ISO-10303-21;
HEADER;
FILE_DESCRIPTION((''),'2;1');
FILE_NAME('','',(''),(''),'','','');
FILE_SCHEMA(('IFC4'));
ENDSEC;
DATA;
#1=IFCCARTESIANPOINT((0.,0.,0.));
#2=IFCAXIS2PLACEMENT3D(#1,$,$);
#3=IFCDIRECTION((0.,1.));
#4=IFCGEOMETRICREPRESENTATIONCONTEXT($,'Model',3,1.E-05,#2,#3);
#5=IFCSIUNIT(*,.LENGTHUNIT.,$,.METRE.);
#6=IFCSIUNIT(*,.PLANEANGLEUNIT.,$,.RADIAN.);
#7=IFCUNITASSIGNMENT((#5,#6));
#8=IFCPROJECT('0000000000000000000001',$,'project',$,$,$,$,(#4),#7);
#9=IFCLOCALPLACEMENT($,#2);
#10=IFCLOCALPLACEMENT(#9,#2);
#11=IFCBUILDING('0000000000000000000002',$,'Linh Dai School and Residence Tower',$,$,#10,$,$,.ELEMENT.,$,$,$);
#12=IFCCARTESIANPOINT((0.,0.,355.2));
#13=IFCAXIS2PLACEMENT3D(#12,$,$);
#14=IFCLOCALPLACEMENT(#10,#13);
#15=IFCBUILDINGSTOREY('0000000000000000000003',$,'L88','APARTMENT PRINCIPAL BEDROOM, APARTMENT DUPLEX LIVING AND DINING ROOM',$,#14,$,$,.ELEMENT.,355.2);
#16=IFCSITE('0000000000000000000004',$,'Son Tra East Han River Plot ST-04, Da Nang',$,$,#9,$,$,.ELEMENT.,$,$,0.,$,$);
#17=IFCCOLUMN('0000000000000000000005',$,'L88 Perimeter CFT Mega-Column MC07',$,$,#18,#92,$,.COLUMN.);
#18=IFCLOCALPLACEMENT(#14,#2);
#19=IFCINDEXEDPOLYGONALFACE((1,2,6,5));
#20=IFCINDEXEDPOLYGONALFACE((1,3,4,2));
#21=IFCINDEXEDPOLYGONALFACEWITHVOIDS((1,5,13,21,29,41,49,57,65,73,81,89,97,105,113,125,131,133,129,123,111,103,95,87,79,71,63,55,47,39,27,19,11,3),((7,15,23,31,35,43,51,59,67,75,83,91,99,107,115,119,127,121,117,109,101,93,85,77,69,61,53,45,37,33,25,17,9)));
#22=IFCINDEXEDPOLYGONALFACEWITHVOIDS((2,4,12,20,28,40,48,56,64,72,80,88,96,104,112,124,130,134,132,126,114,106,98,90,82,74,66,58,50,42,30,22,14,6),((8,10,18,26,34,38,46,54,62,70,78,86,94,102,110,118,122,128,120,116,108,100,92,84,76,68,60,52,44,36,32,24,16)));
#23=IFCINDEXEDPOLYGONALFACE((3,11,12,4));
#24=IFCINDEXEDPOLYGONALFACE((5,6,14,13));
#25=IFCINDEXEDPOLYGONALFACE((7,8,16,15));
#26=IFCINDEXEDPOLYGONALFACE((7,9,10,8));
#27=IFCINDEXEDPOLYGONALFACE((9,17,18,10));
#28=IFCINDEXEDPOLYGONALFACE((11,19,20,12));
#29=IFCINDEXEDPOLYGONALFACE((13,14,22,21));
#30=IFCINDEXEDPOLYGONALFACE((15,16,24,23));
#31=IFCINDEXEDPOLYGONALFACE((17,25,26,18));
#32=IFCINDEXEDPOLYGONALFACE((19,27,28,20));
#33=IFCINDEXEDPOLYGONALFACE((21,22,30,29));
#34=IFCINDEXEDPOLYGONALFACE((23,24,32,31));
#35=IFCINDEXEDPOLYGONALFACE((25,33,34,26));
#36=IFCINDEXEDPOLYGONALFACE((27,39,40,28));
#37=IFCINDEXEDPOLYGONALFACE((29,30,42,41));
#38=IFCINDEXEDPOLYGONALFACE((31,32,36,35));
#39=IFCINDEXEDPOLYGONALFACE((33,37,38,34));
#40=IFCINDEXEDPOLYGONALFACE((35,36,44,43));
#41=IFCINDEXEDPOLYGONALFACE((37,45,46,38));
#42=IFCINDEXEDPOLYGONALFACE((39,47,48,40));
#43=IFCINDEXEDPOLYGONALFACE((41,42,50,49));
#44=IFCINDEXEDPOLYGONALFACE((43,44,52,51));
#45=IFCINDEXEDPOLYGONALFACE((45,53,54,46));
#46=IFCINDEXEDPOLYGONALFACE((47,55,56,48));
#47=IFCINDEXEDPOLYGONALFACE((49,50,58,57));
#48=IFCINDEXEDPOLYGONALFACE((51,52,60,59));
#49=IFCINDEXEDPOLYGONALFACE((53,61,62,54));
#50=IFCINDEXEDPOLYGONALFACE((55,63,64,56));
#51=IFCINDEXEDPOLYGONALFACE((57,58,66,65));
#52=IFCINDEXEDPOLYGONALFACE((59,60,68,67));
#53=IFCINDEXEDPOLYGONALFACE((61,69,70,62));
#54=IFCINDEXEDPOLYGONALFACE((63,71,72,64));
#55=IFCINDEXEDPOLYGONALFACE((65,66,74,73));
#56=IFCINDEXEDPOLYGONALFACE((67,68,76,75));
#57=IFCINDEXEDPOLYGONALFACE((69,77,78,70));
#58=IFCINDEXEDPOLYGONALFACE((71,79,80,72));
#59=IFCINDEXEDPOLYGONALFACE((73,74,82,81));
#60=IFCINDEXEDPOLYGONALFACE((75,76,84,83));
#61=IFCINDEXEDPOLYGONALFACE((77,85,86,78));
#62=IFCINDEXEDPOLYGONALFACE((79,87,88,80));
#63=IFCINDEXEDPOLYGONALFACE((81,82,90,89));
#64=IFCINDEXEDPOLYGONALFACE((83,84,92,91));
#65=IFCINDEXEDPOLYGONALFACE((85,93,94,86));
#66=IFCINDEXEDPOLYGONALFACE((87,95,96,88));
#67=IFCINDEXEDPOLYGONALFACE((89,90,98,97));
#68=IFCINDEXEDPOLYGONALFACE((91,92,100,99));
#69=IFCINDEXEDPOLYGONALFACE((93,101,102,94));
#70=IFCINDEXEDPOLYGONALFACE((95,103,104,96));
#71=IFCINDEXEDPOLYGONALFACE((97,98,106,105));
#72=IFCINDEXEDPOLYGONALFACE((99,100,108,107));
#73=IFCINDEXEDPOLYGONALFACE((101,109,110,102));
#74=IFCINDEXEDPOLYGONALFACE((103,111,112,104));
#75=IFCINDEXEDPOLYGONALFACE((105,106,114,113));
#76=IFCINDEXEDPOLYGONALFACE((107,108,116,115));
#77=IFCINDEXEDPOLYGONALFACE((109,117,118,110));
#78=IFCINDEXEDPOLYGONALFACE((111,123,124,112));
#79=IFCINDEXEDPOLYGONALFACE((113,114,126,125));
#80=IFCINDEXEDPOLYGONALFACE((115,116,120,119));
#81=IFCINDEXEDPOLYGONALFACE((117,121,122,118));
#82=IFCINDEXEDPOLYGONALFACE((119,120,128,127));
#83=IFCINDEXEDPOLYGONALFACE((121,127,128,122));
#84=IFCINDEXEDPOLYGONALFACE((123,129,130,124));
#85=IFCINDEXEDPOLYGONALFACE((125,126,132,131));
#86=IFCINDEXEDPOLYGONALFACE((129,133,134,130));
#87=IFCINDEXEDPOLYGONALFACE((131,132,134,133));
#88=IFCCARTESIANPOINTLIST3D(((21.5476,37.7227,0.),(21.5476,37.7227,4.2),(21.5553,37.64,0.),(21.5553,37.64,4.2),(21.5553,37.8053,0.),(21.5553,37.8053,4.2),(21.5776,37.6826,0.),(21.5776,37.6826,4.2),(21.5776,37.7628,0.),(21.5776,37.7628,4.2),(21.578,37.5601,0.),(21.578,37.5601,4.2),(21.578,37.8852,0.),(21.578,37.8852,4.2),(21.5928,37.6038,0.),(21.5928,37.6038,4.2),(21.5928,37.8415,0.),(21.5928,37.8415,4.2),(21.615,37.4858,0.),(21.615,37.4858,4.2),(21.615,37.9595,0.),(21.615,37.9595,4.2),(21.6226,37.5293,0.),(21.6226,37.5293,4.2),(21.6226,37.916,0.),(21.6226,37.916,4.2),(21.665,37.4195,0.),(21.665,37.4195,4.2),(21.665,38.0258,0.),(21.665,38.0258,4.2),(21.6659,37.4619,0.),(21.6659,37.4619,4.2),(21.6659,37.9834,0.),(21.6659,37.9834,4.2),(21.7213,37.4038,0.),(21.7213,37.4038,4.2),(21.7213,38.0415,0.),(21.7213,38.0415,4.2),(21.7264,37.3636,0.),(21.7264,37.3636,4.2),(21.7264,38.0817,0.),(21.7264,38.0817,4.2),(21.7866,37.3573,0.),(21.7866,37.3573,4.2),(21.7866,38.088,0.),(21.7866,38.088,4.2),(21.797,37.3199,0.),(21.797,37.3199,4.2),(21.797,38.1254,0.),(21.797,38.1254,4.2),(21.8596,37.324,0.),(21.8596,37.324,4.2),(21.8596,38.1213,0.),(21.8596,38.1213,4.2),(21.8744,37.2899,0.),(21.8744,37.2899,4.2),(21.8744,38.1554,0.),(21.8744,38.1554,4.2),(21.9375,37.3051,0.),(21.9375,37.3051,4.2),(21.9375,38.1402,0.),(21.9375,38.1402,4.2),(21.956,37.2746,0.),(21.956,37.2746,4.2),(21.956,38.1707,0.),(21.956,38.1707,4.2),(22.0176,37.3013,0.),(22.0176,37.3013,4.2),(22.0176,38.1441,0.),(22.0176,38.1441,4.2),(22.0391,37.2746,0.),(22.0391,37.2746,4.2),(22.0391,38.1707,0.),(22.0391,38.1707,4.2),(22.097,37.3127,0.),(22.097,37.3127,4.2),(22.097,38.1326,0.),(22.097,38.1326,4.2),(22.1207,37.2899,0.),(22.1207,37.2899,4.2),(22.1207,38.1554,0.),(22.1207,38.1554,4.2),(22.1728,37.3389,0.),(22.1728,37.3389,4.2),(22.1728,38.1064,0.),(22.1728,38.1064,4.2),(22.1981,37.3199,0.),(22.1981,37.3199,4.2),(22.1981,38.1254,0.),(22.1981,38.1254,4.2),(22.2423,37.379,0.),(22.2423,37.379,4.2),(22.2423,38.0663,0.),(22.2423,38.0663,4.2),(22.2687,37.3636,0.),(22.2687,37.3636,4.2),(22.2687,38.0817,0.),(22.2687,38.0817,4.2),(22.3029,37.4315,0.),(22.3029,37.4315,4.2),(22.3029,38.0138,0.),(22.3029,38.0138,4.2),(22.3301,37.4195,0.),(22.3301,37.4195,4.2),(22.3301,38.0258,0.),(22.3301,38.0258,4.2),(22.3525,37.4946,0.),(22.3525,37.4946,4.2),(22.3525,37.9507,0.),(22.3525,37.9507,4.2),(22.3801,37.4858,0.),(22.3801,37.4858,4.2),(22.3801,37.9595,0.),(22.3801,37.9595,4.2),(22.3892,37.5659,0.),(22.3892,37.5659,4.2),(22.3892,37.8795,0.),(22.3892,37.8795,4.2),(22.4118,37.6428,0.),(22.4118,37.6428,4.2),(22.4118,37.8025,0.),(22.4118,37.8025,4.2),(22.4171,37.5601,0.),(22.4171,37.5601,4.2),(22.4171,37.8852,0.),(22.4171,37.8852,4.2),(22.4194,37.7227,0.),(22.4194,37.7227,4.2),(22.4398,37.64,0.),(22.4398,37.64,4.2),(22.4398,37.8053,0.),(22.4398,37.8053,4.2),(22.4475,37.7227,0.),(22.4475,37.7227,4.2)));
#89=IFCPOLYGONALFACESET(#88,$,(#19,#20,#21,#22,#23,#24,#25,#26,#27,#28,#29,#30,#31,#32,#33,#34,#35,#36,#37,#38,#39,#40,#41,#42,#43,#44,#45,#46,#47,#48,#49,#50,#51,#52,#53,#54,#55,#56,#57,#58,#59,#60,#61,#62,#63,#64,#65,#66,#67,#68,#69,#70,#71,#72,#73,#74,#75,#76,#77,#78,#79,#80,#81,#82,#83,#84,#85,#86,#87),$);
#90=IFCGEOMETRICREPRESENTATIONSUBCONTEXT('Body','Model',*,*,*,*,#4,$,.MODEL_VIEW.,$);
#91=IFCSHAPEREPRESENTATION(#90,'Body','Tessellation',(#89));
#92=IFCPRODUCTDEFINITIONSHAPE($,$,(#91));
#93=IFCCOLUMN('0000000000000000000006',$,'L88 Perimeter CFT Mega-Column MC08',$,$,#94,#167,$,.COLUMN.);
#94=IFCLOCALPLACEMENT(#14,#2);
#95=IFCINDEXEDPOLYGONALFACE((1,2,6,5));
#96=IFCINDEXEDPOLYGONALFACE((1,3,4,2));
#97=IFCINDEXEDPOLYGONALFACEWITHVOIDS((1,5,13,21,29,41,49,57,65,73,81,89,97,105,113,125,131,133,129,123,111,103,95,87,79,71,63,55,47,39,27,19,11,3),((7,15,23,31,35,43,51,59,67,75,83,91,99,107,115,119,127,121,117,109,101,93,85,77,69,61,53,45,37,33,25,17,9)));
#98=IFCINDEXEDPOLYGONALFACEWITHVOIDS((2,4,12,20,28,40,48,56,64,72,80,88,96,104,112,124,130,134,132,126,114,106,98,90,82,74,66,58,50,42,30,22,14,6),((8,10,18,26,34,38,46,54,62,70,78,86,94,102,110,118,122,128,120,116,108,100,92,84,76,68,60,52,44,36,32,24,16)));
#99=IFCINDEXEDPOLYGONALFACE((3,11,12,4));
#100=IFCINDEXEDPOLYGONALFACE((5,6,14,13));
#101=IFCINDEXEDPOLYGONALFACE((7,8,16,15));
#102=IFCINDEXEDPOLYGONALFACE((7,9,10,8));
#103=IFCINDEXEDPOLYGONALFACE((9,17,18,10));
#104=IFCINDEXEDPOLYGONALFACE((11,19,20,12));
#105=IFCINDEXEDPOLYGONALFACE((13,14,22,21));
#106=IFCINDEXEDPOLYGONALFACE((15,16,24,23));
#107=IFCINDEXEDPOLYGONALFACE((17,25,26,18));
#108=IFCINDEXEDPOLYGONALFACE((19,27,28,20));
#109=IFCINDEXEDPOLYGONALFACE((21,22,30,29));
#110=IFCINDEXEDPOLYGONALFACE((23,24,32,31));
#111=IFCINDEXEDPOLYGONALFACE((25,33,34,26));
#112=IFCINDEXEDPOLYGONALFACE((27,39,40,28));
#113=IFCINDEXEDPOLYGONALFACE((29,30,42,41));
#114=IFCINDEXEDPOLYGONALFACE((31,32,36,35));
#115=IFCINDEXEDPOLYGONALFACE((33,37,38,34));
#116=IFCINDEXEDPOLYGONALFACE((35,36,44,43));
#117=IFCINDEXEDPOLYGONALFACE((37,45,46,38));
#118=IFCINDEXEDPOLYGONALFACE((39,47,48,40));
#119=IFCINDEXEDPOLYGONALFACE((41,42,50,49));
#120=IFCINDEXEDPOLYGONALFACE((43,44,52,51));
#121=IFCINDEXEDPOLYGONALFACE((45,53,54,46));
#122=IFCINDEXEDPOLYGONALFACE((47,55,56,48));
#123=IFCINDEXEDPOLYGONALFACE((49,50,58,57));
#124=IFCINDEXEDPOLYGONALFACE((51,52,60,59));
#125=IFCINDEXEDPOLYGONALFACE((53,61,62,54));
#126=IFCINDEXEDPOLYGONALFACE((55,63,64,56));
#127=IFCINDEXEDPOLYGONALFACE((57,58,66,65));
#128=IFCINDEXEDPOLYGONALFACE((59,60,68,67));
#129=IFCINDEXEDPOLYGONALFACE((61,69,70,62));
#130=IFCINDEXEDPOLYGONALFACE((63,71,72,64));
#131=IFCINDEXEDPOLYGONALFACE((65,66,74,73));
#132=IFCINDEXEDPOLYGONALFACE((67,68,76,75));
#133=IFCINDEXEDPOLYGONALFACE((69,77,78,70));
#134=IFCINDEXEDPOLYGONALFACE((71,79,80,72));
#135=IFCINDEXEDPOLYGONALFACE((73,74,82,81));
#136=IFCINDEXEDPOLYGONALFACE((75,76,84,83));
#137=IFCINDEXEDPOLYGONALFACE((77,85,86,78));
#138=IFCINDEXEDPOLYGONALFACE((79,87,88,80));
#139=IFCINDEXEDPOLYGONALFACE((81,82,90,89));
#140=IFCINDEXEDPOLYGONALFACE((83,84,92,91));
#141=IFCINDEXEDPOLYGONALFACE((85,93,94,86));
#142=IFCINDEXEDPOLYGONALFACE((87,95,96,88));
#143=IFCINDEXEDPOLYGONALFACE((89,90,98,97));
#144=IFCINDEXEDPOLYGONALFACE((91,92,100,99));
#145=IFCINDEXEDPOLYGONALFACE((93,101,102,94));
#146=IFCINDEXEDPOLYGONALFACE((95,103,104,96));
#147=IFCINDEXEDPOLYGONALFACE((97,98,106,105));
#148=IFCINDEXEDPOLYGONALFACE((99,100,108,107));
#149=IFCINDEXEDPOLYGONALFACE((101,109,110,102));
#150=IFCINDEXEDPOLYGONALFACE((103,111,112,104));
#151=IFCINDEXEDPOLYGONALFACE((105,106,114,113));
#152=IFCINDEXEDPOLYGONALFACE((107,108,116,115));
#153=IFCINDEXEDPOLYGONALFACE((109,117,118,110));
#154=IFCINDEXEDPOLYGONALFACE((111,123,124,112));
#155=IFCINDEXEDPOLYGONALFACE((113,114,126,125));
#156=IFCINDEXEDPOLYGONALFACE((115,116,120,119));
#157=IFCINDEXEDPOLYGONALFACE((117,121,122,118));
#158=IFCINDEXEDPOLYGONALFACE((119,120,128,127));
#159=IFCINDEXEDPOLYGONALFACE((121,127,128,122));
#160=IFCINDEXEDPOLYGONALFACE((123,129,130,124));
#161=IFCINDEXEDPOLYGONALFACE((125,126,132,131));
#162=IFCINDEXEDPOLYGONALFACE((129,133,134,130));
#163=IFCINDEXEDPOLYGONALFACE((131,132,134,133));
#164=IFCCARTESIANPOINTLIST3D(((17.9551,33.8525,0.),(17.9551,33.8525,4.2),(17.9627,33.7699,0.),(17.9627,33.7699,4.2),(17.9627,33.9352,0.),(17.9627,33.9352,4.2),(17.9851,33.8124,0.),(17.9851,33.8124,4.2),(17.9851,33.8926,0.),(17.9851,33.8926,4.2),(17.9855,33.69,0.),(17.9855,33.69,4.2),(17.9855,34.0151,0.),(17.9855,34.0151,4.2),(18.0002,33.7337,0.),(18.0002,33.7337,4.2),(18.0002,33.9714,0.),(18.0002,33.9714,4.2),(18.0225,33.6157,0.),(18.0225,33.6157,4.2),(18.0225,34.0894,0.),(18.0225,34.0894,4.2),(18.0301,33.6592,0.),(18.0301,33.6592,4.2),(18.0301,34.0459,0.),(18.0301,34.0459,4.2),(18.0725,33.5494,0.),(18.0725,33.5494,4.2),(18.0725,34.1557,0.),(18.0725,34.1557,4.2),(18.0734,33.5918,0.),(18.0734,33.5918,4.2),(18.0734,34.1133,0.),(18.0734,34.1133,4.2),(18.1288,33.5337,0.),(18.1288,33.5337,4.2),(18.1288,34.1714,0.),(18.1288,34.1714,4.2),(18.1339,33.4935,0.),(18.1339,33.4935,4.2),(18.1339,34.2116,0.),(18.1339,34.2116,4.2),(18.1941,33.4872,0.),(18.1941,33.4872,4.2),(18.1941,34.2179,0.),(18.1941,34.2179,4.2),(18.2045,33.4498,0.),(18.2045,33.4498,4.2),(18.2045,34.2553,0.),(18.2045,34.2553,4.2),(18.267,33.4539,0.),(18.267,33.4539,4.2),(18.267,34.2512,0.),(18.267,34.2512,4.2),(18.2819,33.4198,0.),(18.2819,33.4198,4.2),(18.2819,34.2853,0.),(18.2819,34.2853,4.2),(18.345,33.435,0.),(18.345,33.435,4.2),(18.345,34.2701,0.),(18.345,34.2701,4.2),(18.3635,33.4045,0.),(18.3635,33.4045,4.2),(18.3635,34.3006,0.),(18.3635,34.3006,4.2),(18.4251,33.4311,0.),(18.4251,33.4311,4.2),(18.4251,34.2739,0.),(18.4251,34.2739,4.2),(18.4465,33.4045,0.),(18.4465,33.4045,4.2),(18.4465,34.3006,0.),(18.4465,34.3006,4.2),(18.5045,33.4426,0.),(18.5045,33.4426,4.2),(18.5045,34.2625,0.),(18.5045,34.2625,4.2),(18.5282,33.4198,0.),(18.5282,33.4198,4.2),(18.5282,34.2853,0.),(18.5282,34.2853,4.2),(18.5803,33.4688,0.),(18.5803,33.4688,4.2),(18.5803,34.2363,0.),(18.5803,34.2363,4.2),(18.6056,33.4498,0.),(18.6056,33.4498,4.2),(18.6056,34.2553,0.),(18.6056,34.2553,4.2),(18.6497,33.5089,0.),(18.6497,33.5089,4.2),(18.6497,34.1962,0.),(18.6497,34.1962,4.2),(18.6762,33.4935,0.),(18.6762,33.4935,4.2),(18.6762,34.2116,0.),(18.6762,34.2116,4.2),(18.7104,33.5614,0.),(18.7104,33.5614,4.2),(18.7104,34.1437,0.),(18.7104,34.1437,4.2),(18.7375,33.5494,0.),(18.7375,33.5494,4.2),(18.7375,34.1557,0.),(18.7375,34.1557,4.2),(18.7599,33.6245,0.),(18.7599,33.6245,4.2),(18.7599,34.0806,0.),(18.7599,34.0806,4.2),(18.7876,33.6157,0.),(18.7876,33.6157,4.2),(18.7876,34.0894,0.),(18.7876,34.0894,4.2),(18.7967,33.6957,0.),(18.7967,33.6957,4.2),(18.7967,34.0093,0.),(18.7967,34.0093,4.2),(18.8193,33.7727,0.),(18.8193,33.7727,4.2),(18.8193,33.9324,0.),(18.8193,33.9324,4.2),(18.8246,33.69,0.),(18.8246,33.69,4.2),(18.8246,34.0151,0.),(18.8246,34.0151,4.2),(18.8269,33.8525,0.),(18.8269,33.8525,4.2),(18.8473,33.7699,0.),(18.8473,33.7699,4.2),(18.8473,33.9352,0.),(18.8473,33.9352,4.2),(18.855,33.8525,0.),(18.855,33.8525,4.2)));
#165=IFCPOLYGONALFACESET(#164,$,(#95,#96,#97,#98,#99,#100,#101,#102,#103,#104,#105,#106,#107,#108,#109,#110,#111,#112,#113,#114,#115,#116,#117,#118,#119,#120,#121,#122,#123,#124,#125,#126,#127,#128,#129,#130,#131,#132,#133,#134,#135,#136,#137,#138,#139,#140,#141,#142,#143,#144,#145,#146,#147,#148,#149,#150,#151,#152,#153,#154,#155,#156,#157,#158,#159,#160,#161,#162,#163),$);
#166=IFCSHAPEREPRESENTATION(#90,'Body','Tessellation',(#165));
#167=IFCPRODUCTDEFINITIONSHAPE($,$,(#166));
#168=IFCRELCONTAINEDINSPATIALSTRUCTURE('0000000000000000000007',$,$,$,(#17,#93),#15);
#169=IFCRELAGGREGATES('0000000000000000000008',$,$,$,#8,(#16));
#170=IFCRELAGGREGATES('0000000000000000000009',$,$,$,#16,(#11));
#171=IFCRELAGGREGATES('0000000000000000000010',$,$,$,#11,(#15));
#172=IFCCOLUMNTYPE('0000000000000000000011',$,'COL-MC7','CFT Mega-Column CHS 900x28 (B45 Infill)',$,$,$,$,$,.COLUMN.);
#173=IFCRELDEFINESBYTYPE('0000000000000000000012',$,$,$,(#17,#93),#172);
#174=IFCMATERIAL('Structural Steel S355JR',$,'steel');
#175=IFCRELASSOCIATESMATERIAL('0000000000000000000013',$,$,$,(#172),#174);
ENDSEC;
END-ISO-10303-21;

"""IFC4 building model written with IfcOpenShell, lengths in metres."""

from ifc_helpers import new_model, si_unit, direction, frame, origin, origin_2d, place, context, subcontext, project, spatial, hollow_circle, extrude, material, material_profile, profile_set, type_object, element, save


model = new_model("IFC4")

# Units and contexts
model_context = context("Model", 3, precision=1e-05, world=origin(), true_north=direction((0.0, 1.0)))
body_context = subcontext(model_context, "Body", "Model", "MODEL_VIEW")
ifc_project = project(units=[si_unit("LENGTHUNIT", "METRE"), si_unit("PLANEANGLEUNIT", "RADIAN")], contexts=[model_context])

# Site, building, storey
site_placement = place(None, origin())
site = spatial("IfcSite", under=ifc_project, at=site_placement, Name="Son Tra East Han River Plot ST-04, Da Nang", CompositionType="ELEMENT", RefElevation=0.0)
building_placement = place(site_placement, origin())
building = spatial("IfcBuilding", under=site, at=building_placement, Name="Linh Dai School and Residence Tower", CompositionType="ELEMENT")
storey_placement = place(building_placement, frame((0.0, 0.0, 355.2)))
storey = spatial("IfcBuildingStorey", under=building, at=storey_placement, Name="L88", Description="APARTMENT PRINCIPAL BEDROOM, APARTMENT DUPLEX LIVING AND DINING ROOM", CompositionType="ELEMENT", Elevation=355.2)

# Columns
ifc_material_1 = material(Name="Structural Steel S355JR", Category="steel")
ifc_material_profile_1 = material_profile(ifc_material_1, hollow_circle(Radius=0.45, WallThickness=0.0281, at=origin_2d()), Name="CHS 900x28")
ifc_profile_set_1 = profile_set([ifc_material_profile_1], Name="Structural Steel S355JR")
column_type = type_object("IfcColumnType", Name="COL-MC7", Description="CFT Mega-Column CHS 900x28 (B45 Infill)", PredefinedType="COLUMN", material=ifc_profile_set_1)
for number, where, z_axis, x_axis, name in (
    (1, (21.9976, 37.7227, 0.0), (0.0, 0.0, 1.0), (1.0, 0.0, 0.0), "L88 Perimeter CFT Mega-Column MC07"),
    (2, (18.405, 33.8525, 0.0), (0.0, 0.0, 1.0), (1.0, 0.0, 0.0), "L88 Perimeter CFT Mega-Column MC08"),
):
    element("IfcColumn", number, at=place(storey_placement, frame(where, z_axis=z_axis, x_axis=x_axis)), inside=storey, type_object=column_type, Name=name, PredefinedType="COLUMN", context=body_context, shape_type="SweptSolid", body=[
        extrude(hollow_circle(Radius=0.45, WallThickness=0.0281, at=origin_2d()), origin(), (0.0, 0.0, 1.0), 4.2),
    ])

save(model, "model.ifc")
